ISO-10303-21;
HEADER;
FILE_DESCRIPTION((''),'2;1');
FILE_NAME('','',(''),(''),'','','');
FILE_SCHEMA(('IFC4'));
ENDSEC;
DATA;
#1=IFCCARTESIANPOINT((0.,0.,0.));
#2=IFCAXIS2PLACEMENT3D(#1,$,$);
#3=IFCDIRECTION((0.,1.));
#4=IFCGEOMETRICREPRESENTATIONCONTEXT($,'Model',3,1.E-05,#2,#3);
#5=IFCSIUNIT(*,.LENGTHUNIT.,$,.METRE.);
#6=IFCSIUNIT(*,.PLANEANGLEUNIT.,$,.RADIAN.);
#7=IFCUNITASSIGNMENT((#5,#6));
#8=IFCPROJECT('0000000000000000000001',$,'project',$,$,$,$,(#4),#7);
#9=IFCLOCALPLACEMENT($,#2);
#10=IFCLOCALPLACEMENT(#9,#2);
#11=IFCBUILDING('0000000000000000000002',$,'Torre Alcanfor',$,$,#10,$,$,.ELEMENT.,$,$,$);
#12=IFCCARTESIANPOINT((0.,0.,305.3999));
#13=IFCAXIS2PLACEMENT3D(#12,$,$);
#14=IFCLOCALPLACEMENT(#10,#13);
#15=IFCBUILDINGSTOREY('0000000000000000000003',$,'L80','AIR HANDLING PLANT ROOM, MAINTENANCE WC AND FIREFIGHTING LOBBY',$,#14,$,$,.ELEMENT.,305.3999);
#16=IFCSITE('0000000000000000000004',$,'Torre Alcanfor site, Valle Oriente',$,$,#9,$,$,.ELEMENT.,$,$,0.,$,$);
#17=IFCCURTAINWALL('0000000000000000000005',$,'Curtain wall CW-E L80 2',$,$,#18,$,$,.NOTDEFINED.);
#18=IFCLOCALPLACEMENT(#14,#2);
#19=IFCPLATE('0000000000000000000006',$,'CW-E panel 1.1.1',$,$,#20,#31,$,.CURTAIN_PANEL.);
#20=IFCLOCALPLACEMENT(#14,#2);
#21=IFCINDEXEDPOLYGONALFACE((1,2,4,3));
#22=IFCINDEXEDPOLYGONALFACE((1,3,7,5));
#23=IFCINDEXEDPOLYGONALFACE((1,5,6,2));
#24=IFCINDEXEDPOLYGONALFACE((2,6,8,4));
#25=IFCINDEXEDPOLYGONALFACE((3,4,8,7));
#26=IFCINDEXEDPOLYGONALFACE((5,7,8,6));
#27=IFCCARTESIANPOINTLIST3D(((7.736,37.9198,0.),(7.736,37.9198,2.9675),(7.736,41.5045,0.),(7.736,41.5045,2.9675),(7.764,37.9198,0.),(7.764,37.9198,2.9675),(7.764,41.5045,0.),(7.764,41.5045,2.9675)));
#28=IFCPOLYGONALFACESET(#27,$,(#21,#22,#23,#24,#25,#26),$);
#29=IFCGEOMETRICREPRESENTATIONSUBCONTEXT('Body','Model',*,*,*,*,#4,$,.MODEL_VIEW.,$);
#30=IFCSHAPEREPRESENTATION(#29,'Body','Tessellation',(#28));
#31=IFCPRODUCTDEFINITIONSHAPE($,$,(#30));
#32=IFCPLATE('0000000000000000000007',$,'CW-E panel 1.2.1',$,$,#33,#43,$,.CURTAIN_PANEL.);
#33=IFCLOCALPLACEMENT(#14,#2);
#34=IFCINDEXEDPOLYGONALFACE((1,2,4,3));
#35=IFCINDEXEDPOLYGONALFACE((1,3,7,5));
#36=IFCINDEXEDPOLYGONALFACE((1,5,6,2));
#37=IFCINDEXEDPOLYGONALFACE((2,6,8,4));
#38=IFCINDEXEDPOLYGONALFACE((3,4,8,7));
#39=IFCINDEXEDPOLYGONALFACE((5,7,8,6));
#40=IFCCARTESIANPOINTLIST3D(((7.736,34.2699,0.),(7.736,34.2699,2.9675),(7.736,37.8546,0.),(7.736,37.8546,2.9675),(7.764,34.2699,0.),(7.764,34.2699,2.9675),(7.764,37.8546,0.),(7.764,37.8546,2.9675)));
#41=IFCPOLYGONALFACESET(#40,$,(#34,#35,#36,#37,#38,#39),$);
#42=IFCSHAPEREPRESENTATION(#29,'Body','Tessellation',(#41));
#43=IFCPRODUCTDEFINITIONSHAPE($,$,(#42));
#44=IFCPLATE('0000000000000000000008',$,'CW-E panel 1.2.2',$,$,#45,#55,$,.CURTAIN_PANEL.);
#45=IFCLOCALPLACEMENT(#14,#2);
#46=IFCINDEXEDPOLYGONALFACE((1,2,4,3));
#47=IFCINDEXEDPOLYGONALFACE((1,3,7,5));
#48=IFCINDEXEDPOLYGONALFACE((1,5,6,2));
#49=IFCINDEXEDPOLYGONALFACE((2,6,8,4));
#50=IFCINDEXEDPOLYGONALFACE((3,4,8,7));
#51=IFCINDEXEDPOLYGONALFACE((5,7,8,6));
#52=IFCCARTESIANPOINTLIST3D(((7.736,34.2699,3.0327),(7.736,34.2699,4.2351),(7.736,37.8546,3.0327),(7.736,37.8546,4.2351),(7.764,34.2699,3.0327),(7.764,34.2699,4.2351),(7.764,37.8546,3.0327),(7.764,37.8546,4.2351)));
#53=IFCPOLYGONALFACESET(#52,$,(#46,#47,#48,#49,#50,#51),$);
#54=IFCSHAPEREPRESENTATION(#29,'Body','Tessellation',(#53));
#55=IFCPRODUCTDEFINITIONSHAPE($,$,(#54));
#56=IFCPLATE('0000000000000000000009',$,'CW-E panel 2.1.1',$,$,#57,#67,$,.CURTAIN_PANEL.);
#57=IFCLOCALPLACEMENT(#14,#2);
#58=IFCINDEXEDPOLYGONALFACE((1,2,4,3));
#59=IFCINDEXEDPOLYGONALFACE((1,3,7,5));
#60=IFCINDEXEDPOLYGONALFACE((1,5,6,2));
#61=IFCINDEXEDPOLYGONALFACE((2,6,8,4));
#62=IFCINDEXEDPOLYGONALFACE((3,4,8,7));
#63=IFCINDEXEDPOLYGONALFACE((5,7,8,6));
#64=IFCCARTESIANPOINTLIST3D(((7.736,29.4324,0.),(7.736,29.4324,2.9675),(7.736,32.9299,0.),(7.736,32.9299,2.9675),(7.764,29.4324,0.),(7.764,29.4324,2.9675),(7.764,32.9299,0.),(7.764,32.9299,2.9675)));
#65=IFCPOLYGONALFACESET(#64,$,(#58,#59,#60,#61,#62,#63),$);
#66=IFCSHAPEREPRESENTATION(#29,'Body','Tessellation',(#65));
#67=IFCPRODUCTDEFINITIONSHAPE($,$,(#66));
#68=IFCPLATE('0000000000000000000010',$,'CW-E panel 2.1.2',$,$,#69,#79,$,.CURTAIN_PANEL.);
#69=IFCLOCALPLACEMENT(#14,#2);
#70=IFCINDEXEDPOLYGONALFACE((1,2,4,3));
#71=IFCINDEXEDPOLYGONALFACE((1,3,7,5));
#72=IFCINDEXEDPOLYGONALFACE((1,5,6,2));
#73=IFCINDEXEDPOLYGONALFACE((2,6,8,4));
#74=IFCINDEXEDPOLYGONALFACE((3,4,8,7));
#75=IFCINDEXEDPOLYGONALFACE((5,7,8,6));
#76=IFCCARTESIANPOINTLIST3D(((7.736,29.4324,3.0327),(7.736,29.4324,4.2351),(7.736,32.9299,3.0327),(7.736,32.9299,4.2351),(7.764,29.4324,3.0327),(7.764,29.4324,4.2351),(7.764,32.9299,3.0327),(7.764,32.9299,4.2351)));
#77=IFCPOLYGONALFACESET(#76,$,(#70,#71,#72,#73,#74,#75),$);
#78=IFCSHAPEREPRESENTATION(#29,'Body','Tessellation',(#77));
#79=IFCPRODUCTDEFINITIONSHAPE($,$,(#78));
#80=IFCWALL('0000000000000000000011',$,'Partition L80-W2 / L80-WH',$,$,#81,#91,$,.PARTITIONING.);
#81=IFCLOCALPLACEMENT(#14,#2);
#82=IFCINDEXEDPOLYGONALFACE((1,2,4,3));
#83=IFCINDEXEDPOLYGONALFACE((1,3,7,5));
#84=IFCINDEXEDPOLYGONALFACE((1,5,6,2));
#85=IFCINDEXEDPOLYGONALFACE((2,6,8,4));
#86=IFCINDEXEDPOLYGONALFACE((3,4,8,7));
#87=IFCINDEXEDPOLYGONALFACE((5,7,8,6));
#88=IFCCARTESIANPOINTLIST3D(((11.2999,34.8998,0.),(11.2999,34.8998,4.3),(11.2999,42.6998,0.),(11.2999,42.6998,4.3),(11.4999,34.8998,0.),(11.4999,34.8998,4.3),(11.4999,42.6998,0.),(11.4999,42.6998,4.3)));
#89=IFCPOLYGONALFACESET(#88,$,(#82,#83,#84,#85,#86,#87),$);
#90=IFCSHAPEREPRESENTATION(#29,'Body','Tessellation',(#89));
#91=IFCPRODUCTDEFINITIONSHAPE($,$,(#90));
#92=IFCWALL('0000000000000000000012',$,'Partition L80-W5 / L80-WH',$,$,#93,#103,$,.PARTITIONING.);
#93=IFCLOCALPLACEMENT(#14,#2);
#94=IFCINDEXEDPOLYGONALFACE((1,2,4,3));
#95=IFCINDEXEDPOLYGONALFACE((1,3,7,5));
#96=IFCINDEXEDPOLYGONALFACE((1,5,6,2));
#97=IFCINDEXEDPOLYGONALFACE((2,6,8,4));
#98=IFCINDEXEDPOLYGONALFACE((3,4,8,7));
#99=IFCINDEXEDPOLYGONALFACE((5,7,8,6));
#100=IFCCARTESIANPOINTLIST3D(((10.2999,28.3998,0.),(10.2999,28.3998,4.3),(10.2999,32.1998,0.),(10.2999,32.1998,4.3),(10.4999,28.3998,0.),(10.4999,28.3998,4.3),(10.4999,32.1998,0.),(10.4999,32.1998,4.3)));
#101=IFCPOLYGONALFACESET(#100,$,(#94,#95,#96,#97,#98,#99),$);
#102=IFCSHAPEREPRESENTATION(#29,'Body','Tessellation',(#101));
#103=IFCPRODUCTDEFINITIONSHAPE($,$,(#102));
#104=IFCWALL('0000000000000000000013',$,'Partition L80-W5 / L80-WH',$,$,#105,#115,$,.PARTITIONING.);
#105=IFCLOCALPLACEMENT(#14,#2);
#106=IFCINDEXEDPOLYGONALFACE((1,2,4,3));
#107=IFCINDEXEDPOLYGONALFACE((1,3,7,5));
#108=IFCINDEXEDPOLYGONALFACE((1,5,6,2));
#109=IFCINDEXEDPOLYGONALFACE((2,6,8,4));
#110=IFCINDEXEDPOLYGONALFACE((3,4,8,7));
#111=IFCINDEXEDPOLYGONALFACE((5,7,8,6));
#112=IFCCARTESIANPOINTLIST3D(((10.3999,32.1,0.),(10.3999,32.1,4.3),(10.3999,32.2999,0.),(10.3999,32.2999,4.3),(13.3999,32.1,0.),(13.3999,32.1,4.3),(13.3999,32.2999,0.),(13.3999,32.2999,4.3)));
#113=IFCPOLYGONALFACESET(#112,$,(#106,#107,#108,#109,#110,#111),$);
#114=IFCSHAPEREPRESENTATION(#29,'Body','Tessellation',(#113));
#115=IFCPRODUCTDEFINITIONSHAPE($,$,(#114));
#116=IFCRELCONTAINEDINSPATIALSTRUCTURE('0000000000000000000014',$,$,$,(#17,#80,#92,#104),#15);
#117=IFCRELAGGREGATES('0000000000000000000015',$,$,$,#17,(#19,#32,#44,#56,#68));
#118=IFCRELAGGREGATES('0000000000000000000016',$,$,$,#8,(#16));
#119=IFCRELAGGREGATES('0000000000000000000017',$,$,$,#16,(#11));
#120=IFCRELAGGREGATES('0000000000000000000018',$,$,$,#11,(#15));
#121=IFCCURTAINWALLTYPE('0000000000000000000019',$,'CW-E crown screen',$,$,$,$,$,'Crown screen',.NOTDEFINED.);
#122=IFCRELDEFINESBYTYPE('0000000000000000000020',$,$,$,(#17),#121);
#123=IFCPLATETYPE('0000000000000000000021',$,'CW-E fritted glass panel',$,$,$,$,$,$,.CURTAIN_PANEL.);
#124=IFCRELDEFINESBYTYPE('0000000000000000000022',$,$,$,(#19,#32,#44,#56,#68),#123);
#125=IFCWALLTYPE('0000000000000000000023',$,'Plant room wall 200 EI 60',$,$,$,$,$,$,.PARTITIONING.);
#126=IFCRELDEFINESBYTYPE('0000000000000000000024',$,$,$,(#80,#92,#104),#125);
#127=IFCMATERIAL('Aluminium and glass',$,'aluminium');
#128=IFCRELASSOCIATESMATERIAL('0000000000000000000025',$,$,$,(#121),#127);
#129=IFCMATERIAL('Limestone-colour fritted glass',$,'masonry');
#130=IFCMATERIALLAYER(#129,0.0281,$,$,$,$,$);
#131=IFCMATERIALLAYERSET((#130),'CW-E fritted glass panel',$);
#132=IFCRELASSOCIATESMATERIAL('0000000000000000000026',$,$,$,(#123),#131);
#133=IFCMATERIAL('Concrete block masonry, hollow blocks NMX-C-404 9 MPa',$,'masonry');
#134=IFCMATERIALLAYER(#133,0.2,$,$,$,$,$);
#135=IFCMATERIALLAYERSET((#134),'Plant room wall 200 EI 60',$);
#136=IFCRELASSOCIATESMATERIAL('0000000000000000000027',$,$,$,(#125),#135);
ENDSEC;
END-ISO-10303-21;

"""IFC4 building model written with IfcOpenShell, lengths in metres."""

from ifc_helpers import new_model, si_unit, direction, frame, frame_2d, origin, origin_2d, place, context, subcontext, project, spatial, rectangle, extrude, material, layer, layer_set, type_object, element, aggregate, save


model = new_model("IFC4")

# Units and contexts
model_context = context("Model", 3, precision=1e-05, world=origin(), true_north=direction((0.0, 1.0)))
body_context = subcontext(model_context, "Body", "Model", "MODEL_VIEW")
ifc_project = project(units=[si_unit("LENGTHUNIT", "METRE"), si_unit("PLANEANGLEUNIT", "RADIAN")], contexts=[model_context])

# Site, building, storey
site_placement = place(None, origin())
site = spatial("IfcSite", under=ifc_project, at=site_placement, Name="Torre Alcanfor site, Valle Oriente", CompositionType="ELEMENT", RefElevation=0.0)
building_placement = place(site_placement, origin())
building = spatial("IfcBuilding", under=site, at=building_placement, Name="Torre Alcanfor", CompositionType="ELEMENT")
storey_placement = place(building_placement, frame((0.0, 0.0, 305.3999)))
storey = spatial("IfcBuildingStorey", under=building, at=storey_placement, Name="L80", Description="AIR HANDLING PLANT ROOM, MAINTENANCE WC AND FIREFIGHTING LOBBY", CompositionType="ELEMENT", Elevation=305.3999)

# Curtain wall
ifc_material_1 = material(Name="Aluminium and glass", Category="aluminium")
curtain_wall_type = type_object("IfcCurtainWallType", Name="CW-E crown screen", ElementType="Crown screen", PredefinedType="NOTDEFINED", material=ifc_material_1)
curtain_wall_placement = place(storey_placement, origin())
curtain_wall = element("IfcCurtainWall", 1, at=curtain_wall_placement, inside=storey, type_object=curtain_wall_type, Name="Curtain wall CW-E L80 2", PredefinedType="NOTDEFINED")

# Plates
ifc_material_2 = material(Name="Limestone-colour fritted glass", Category="masonry")
ifc_layer_1 = layer(ifc_material_2, 0.0281)
ifc_layer_set_1 = layer_set([ifc_layer_1], Name="CW-E fritted glass panel")
plate_type = type_object("IfcPlateType", Name="CW-E fritted glass panel", PredefinedType="CURTAIN_PANEL", material=ifc_layer_set_1)
plate_1_placement = place(storey_placement, frame((7.75, 39.7122, 0.0), z_axis=(0.0, 0.0, 1.0), x_axis=(0.0, -1.0, 0.0)))
plate_1 = element("IfcPlate", 2, at=plate_1_placement, type_object=plate_type, Name="CW-E panel 1.1.1", PredefinedType="CURTAIN_PANEL", context=body_context, shape_type="SweptSolid", body=[
    extrude(rectangle(XDim=3.5847, YDim=0.0281, at=origin_2d()), origin(), (0.0, 0.0, 1.0), 2.9675),
])
plate_2_placement = place(storey_placement, frame((7.75, 36.0623, 0.0), z_axis=(0.0, 0.0, 1.0), x_axis=(0.0, -1.0, 0.0)))
plate_2 = element("IfcPlate", 3, at=plate_2_placement, type_object=plate_type, Name="CW-E panel 1.2.1", PredefinedType="CURTAIN_PANEL", context=body_context, shape_type="SweptSolid", body=[
    extrude(rectangle(XDim=3.5847, YDim=0.0281, at=origin_2d()), origin(), (0.0, 0.0, 1.0), 2.9675),
])
plate_3_placement = place(storey_placement, frame((7.75, 36.0623, 3.0327), z_axis=(0.0, 0.0, 1.0), x_axis=(0.0, -1.0, 0.0)))
plate_3 = element("IfcPlate", 4, at=plate_3_placement, type_object=plate_type, Name="CW-E panel 1.2.2", PredefinedType="CURTAIN_PANEL", context=body_context, shape_type="SweptSolid", body=[
    extrude(rectangle(XDim=3.5847, YDim=0.0281, at=origin_2d()), origin(), (0.0, 0.0, 1.0), 1.2024),
])
plate_4_placement = place(storey_placement, frame((7.75, 31.1812, 0.0), z_axis=(0.0, 0.0, 1.0), x_axis=(0.0, -1.0, 0.0)))
plate_4 = element("IfcPlate", 5, at=plate_4_placement, type_object=plate_type, Name="CW-E panel 2.1.1", PredefinedType="CURTAIN_PANEL", context=body_context, shape_type="SweptSolid", body=[
    extrude(rectangle(XDim=3.4976, YDim=0.0281, at=origin_2d()), origin(), (0.0, 0.0, 1.0), 2.9675),
])
plate_5_placement = place(storey_placement, frame((7.75, 31.1812, 3.0327), z_axis=(0.0, 0.0, 1.0), x_axis=(0.0, -1.0, 0.0)))
plate_5 = element("IfcPlate", 6, at=plate_5_placement, type_object=plate_type, Name="CW-E panel 2.1.2", PredefinedType="CURTAIN_PANEL", context=body_context, shape_type="SweptSolid", body=[
    extrude(rectangle(XDim=3.4976, YDim=0.0281, at=origin_2d()), origin(), (0.0, 0.0, 1.0), 1.2024),
])
aggregate(curtain_wall, [plate_1, plate_2, plate_3, plate_4, plate_5])

# Wall
ifc_material_3 = material(Name="Concrete block masonry, hollow blocks NMX-C-404 9 MPa", Category="masonry")
ifc_layer_2 = layer(ifc_material_3, 0.2)
ifc_layer_set_2 = layer_set([ifc_layer_2], Name="Plant room wall 200 EI 60")
wall_type = type_object("IfcWallType", Name="Plant room wall 200 EI 60", PredefinedType="PARTITIONING", material=ifc_layer_set_2)
wall_1_placement = place(storey_placement, frame((11.3999, 34.8999, 0.0), z_axis=(0.0, 0.0, 1.0), x_axis=(0.0, 1.0, 0.0)))
element("IfcWall", 7, at=wall_1_placement, inside=storey, type_object=wall_type, Name="Partition L80-W2 / L80-WH", PredefinedType="PARTITIONING", context=body_context, shape_type="SweptSolid", body=[
    extrude(rectangle(XDim=7.8, YDim=0.2, at=frame_2d((3.8999, 0.0))), origin(), (0.0, 0.0, 1.0), 4.3),
])

# Walls
wall_2_placement = place(storey_placement, frame((10.3999, 28.3999, 0.0), z_axis=(0.0, 0.0, 1.0), x_axis=(0.0, 1.0, 0.0)))
element("IfcWall", 8, at=wall_2_placement, inside=storey, type_object=wall_type, Name="Partition L80-W5 / L80-WH", PredefinedType="PARTITIONING", context=body_context, shape_type="SweptSolid", body=[
    extrude(rectangle(XDim=3.8, YDim=0.2, at=frame_2d((1.8999, 0.0))), origin(), (0.0, 0.0, 1.0), 4.3),
])
wall_3_placement = place(storey_placement, frame((10.3999, 32.2, 0.0), z_axis=(0.0, 0.0, 1.0), x_axis=(1.0, 0.0, 0.0)))
element("IfcWall", 9, at=wall_3_placement, inside=storey, type_object=wall_type, Name="Partition L80-W5 / L80-WH", PredefinedType="PARTITIONING", context=body_context, shape_type="SweptSolid", body=[
    extrude(rectangle(XDim=3.0, YDim=0.2, at=frame_2d((1.5, 0.0))), origin(), (0.0, 0.0, 1.0), 4.3),
])

save(model, "model.ifc")
